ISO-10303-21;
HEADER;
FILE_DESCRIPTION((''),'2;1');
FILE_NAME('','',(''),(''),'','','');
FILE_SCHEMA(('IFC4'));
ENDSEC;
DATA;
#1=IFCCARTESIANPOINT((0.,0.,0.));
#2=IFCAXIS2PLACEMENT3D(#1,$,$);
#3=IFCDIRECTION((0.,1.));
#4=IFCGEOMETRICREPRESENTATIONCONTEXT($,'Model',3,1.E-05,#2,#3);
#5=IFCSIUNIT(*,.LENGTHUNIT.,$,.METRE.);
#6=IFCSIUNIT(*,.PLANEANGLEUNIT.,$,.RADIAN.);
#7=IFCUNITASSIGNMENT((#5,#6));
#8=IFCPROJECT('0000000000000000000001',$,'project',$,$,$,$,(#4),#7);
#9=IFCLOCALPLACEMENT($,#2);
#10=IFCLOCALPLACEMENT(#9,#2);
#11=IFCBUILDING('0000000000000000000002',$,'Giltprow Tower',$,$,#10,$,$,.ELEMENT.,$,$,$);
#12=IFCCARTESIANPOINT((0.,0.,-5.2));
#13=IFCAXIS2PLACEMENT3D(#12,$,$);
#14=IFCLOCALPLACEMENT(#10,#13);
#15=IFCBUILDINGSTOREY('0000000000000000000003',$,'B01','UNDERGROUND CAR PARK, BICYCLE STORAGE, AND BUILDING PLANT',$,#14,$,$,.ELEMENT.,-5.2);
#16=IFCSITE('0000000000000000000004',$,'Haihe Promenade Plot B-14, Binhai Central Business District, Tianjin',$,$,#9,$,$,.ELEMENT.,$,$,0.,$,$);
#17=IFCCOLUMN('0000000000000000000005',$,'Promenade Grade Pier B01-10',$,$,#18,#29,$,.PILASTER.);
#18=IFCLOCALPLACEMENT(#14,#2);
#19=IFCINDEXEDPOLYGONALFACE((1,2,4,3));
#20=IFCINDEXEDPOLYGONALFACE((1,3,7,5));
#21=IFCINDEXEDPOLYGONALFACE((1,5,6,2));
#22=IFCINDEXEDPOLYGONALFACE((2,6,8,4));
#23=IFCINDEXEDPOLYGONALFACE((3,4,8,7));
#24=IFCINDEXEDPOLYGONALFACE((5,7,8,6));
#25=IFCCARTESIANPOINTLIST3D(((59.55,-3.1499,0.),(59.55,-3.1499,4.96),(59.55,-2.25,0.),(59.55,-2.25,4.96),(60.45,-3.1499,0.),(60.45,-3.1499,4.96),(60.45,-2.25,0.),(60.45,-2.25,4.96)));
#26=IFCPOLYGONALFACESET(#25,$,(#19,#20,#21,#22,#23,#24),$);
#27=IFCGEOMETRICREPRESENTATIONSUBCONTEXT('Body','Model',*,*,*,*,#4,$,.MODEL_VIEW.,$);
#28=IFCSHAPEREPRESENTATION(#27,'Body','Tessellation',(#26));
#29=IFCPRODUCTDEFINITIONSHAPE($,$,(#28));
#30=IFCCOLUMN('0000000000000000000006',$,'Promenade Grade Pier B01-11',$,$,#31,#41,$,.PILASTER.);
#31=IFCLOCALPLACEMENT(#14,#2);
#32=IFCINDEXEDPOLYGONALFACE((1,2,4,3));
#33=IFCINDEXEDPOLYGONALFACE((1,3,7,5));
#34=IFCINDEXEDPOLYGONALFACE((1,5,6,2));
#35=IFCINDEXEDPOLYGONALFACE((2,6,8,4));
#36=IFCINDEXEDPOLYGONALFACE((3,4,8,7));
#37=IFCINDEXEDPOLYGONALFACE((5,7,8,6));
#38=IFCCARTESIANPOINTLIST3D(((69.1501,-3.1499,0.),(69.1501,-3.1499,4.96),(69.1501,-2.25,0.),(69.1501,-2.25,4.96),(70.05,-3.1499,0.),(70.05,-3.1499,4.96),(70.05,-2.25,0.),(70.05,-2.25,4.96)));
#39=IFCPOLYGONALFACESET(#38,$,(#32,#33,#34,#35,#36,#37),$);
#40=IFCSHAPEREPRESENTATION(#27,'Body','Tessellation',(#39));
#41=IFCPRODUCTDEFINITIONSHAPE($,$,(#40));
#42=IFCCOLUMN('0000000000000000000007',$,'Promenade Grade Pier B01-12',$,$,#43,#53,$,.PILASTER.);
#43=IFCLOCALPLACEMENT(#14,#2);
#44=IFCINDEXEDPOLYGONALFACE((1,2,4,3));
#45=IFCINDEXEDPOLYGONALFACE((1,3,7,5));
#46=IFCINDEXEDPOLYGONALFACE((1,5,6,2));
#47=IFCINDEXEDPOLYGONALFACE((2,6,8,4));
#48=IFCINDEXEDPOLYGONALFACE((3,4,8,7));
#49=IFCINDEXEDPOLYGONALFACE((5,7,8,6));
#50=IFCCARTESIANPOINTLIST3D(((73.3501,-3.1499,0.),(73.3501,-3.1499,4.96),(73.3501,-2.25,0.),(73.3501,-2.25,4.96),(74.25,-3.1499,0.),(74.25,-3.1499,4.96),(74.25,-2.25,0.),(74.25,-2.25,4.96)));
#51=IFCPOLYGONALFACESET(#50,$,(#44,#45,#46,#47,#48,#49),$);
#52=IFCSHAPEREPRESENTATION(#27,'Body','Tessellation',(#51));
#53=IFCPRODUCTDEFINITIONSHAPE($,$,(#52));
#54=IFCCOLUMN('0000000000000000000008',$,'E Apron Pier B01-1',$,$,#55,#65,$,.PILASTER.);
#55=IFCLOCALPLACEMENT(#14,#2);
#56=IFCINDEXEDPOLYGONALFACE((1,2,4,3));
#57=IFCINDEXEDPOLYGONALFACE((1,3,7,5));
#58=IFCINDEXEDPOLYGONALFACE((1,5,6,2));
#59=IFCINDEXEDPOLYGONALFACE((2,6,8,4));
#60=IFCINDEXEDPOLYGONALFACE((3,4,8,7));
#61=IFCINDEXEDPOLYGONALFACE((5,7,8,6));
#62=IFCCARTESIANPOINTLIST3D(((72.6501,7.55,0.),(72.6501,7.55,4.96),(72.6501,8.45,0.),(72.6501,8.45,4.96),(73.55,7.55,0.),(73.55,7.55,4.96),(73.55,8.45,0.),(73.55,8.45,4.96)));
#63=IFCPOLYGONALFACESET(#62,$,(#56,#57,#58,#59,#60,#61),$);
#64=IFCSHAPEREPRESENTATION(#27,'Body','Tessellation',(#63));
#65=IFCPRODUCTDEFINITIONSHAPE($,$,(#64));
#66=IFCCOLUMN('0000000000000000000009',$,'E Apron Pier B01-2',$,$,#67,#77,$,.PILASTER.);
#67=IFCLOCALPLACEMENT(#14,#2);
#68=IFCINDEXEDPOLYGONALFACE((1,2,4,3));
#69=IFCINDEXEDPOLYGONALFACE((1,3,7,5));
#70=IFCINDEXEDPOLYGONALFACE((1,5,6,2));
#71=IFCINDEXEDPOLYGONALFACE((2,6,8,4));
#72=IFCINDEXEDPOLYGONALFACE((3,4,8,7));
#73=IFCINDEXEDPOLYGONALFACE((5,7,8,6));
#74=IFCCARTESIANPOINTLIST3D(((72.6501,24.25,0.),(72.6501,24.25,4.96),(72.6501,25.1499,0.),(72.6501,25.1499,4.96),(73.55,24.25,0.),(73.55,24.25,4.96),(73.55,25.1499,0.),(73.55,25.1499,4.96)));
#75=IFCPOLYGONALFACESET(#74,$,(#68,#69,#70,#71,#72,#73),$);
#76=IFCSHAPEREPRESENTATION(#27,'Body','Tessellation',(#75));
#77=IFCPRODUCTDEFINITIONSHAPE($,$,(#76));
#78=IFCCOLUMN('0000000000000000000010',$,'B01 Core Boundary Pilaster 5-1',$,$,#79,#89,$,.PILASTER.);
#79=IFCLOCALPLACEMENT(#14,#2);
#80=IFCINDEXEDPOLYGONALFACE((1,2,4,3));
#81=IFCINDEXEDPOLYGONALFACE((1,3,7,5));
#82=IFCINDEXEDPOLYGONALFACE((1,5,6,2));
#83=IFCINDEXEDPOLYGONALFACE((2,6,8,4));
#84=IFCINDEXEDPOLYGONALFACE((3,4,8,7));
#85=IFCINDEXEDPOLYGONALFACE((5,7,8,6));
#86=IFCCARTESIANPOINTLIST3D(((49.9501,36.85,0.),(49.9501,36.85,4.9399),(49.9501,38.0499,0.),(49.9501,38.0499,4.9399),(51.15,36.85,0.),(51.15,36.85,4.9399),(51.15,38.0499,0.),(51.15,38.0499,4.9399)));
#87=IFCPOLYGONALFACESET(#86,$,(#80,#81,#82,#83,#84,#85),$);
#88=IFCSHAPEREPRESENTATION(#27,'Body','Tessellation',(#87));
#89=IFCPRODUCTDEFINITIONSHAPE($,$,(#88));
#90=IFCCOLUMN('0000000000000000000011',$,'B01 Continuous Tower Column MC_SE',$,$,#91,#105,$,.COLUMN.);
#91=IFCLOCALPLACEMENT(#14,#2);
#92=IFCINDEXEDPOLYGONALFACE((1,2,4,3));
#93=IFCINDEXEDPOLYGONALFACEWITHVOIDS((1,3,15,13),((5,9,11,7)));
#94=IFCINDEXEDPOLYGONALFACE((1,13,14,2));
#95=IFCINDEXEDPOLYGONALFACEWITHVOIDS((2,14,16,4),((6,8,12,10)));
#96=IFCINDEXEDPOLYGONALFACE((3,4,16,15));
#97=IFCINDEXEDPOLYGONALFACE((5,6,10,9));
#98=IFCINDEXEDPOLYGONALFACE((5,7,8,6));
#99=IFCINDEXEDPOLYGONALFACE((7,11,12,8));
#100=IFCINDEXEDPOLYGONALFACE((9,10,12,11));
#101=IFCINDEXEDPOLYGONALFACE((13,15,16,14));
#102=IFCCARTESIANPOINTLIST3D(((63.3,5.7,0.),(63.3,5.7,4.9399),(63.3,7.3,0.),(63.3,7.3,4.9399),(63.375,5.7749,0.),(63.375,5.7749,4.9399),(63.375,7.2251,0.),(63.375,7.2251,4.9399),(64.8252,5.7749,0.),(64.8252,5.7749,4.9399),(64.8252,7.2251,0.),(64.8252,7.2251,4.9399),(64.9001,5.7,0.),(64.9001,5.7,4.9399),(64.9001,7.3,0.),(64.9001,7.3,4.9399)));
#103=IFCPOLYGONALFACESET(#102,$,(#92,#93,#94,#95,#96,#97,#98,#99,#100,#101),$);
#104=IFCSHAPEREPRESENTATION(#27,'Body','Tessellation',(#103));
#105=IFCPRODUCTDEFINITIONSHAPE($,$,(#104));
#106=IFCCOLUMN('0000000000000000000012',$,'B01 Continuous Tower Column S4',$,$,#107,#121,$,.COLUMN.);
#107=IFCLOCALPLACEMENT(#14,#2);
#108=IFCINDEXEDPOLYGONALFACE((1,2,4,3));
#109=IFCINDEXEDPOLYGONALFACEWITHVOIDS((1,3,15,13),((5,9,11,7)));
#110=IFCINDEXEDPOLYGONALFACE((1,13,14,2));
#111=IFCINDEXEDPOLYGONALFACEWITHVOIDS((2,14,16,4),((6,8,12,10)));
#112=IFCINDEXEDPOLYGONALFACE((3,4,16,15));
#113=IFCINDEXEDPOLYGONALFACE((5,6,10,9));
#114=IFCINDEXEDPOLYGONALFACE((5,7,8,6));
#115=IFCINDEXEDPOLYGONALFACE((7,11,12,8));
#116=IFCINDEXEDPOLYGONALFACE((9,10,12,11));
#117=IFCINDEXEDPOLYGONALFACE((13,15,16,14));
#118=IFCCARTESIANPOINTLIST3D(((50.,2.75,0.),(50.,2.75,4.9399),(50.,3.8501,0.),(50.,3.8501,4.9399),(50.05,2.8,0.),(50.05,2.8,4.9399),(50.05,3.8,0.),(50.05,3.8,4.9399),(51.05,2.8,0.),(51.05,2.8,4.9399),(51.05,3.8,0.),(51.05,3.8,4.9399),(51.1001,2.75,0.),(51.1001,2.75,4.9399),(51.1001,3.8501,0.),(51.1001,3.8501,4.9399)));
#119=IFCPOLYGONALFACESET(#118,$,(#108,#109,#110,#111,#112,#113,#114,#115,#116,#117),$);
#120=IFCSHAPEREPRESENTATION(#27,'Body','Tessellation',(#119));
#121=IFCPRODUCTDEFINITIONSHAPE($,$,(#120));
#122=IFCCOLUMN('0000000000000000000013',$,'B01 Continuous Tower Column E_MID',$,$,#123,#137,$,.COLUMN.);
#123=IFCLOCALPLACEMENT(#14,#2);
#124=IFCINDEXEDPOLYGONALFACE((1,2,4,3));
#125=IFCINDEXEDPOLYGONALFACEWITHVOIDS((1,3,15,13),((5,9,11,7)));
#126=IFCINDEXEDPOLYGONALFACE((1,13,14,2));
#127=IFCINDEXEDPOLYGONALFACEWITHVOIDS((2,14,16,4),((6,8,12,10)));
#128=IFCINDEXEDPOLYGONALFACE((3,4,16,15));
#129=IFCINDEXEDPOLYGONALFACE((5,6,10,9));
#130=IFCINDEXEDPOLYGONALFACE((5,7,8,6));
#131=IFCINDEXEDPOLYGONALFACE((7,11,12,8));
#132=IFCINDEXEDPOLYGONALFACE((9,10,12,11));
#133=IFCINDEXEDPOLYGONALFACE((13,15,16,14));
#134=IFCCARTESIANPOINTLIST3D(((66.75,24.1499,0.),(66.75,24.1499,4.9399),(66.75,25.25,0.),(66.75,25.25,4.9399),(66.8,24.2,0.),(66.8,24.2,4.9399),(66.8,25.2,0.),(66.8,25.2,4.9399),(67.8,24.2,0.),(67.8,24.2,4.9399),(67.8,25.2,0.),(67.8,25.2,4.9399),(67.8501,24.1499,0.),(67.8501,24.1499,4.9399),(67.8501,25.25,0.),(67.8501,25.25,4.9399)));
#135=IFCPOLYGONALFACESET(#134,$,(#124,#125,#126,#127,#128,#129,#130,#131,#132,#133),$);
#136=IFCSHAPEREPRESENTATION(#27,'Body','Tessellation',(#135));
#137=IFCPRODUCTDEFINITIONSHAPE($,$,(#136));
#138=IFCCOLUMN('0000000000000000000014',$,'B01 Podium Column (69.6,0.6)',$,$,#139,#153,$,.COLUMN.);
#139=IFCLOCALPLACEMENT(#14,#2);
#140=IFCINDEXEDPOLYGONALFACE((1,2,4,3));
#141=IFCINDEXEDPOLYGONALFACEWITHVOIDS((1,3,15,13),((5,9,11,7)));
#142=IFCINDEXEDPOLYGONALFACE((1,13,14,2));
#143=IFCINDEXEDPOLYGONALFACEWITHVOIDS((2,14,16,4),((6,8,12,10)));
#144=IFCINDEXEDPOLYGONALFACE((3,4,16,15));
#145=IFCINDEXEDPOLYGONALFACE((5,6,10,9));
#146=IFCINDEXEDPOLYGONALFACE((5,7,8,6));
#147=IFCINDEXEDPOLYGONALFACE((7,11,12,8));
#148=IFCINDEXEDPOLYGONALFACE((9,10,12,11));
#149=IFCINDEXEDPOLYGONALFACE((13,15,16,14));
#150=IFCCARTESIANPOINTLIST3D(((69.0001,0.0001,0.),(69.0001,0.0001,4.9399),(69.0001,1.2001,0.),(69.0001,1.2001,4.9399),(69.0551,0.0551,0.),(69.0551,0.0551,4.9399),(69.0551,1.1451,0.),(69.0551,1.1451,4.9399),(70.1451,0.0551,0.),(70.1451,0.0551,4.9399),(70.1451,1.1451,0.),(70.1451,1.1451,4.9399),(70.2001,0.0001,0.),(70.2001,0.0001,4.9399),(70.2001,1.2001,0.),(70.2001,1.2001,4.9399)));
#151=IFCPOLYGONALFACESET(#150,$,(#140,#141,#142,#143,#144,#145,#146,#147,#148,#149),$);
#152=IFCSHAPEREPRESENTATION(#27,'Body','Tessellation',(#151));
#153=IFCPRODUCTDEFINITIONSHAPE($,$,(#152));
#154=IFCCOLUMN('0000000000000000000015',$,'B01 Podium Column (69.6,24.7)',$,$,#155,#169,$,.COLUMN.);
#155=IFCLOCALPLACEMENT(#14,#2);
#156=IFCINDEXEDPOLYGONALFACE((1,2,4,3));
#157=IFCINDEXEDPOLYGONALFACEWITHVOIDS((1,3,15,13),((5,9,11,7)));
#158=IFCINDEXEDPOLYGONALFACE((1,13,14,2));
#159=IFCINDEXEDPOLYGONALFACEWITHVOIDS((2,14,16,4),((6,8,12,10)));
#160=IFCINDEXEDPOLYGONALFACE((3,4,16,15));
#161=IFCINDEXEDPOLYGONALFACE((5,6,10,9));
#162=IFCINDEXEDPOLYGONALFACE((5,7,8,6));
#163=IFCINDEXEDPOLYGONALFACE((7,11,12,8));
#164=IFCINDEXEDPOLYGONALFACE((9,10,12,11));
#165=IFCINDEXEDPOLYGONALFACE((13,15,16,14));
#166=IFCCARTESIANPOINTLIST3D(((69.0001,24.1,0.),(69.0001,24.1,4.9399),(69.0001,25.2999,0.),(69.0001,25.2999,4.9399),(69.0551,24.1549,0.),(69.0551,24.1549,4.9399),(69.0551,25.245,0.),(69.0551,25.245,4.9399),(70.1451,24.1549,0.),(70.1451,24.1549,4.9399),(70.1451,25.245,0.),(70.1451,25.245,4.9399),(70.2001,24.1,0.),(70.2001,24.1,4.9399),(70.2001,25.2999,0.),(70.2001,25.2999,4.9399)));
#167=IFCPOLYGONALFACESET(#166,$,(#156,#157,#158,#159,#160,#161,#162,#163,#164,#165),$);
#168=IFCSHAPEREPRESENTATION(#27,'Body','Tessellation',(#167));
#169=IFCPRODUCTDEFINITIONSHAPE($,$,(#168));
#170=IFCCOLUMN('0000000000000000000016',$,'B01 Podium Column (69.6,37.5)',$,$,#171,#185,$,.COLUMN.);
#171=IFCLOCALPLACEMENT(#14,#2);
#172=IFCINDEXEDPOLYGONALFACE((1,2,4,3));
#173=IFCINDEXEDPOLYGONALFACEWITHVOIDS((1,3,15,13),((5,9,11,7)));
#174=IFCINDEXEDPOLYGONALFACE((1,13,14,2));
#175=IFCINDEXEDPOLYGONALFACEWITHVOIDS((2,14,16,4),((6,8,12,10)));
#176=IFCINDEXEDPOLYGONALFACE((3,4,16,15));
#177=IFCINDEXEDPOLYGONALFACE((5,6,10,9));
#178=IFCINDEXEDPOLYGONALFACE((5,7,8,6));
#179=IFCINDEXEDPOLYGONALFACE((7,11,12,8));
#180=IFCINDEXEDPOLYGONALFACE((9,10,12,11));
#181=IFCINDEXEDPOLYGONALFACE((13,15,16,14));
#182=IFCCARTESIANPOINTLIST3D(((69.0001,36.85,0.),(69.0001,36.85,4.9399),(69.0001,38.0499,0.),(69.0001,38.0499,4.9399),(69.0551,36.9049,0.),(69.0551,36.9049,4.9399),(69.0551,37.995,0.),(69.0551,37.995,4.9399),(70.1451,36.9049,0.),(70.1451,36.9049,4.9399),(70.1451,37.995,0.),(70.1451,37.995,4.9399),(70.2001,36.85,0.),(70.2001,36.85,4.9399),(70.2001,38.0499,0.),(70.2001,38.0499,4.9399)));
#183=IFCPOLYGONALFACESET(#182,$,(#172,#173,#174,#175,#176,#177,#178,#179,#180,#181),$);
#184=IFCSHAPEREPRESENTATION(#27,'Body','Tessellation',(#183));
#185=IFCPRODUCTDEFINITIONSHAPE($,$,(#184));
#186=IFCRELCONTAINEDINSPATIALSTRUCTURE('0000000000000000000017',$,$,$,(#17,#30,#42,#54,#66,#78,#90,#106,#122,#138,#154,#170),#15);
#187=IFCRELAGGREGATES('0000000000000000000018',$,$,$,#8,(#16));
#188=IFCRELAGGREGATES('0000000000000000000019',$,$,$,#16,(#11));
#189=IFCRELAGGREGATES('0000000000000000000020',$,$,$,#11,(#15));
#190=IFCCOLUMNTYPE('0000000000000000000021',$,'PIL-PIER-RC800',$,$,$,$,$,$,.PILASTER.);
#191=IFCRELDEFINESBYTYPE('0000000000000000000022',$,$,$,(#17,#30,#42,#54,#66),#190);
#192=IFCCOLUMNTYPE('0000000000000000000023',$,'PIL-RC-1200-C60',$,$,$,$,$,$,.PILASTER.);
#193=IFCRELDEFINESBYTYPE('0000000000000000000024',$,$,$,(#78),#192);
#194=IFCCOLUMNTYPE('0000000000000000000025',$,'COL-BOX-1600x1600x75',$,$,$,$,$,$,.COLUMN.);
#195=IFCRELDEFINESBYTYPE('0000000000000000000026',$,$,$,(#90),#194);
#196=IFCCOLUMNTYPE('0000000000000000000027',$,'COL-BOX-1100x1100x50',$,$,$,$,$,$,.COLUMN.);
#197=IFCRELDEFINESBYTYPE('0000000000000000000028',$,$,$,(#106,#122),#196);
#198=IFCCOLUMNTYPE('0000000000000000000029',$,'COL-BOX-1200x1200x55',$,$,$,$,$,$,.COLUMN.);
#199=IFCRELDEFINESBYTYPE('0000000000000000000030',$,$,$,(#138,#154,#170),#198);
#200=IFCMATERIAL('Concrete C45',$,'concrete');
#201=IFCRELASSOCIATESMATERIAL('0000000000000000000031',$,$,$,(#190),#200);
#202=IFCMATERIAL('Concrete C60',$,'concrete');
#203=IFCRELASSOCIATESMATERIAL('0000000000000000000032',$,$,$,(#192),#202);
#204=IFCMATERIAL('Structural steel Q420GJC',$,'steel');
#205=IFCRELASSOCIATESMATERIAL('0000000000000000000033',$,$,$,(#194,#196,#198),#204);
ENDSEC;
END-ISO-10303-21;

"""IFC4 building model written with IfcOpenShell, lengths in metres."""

from ifc_helpers import new_model, si_unit, direction, frame, origin, origin_2d, place, context, subcontext, project, spatial, rectangle, hollow_rectangle, extrude, source, transform, mapped, material, material_profile, profile_set, type_object, element, save


model = new_model("IFC4")

# Units and contexts
model_context = context("Model", 3, precision=1e-05, world=origin(), true_north=direction((0.0, 1.0)))
body_context = subcontext(model_context, "Body", "Model", "MODEL_VIEW")
ifc_project = project(units=[si_unit("LENGTHUNIT", "METRE"), si_unit("PLANEANGLEUNIT", "RADIAN")], contexts=[model_context])

# Site, building, storey
site_placement = place(None, origin())
site = spatial("IfcSite", under=ifc_project, at=site_placement, Name="Haihe Promenade Plot B-14, Binhai Central Business District, Tianjin", CompositionType="ELEMENT", RefElevation=0.0)
building_placement = place(site_placement, origin())
building = spatial("IfcBuilding", under=site, at=building_placement, Name="Giltprow Tower", CompositionType="ELEMENT")
storey_placement = place(building_placement, frame((0.0, 0.0, -5.2)))
storey = spatial("IfcBuildingStorey", under=building, at=storey_placement, Name="B01", Description="UNDERGROUND CAR PARK, BICYCLE STORAGE, AND BUILDING PLANT", CompositionType="ELEMENT", Elevation=-5.2)

# Columns
ifc_material_1 = material(Name="Concrete C45", Category="concrete")
ifc_material_profile_1 = material_profile(ifc_material_1, rectangle(XDim=0.8999, YDim=0.8999, at=origin_2d()), Name="RC 900x900")
ifc_profile_set_1 = profile_set([ifc_material_profile_1], Name="Concrete C45")
column_type_1 = type_object("IfcColumnType", Name="PIL-PIER-RC800", PredefinedType="PILASTER", material=ifc_profile_set_1)
shared_shape_1 = source(origin(), body_context, "Body", "SweptSolid", [
    extrude(rectangle(XDim=0.8999, YDim=0.8999, at=origin_2d()), origin(), (0.0, 0.0, 1.0), 4.96),
])
for number, where, z_axis, x_axis, name in (
    (1, (60.0, -2.7, 0.0), (0.0, 0.0, 1.0), (1.0, 0.0, 0.0), "Promenade Grade Pier B01-10"),
    (2, (69.6001, -2.7, 0.0), (0.0, 0.0, 1.0), (1.0, 0.0, 0.0), "Promenade Grade Pier B01-11"),
    (3, (73.8, -2.7, 0.0), (0.0, 0.0, 1.0), (1.0, 0.0, 0.0), "Promenade Grade Pier B01-12"),
    (4, (73.1001, 8.0, 0.0), (0.0, 0.0, 1.0), (1.0, 0.0, 0.0), "E Apron Pier B01-1"),
    (5, (73.1001, 24.7, 0.0), (0.0, 0.0, 1.0), (1.0, 0.0, 0.0), "E Apron Pier B01-2"),
):
    element("IfcColumn", number, at=place(storey_placement, frame(where, z_axis=z_axis, x_axis=x_axis)), inside=storey, type_object=column_type_1, Name=name, PredefinedType="PILASTER", context=body_context, shape_type="MappedRepresentation", body=[
        mapped(shared_shape_1, transform((0.0, 0.0, 0.0), x_axis=(1.0, 0.0, 0.0), y_axis=(0.0, 1.0, 0.0), z_axis=(0.0, 0.0, 1.0), scale=1.0)),
    ])
ifc_material_2 = material(Name="Concrete C60", Category="concrete")
ifc_material_profile_2 = material_profile(ifc_material_2, rectangle(XDim=1.2, YDim=1.2, at=origin_2d()), Name="RC 1200x1200")
ifc_profile_set_2 = profile_set([ifc_material_profile_2], Name="Concrete C60")
column_type_2 = type_object("IfcColumnType", Name="PIL-RC-1200-C60", PredefinedType="PILASTER", material=ifc_profile_set_2)
shared_shape_2 = source(origin(), body_context, "Body", "SweptSolid", [
    extrude(rectangle(XDim=1.2, YDim=1.2, at=origin_2d()), origin(), (0.0, 0.0, 1.0), 4.9399),
])
column_1_placement = place(storey_placement, frame((50.55, 37.45, 0.0), z_axis=(0.0, 0.0, 1.0), x_axis=(1.0, 0.0, 0.0)))
element("IfcColumn", 6, at=column_1_placement, inside=storey, type_object=column_type_2, Name="B01 Core Boundary Pilaster 5-1", PredefinedType="PILASTER", context=body_context, shape_type="MappedRepresentation", body=[
    mapped(shared_shape_2, transform((0.0, 0.0, 0.0), x_axis=(1.0, 0.0, 0.0), y_axis=(0.0, 1.0, 0.0), z_axis=(0.0, 0.0, 1.0), scale=1.0)),
])
ifc_material_3 = material(Name="Structural steel Q420GJC", Category="steel")
ifc_material_profile_3 = material_profile(ifc_material_3, hollow_rectangle(XDim=1.6001, YDim=1.6001, WallThickness=0.075, at=origin_2d()), Name="BOX 1600x1600x75")
ifc_profile_set_3 = profile_set([ifc_material_profile_3], Name="Structural steel Q420GJC")
column_type_3 = type_object("IfcColumnType", Name="COL-BOX-1600x1600x75", PredefinedType="COLUMN", material=ifc_profile_set_3)
shared_shape_3 = source(origin(), body_context, "Body", "SweptSolid", [
    extrude(hollow_rectangle(XDim=1.6001, YDim=1.6001, WallThickness=0.075, at=origin_2d()), origin(), (0.0, 0.0, 1.0), 4.9399),
])
column_2_placement = place(storey_placement, frame((64.1001, 6.5, 0.0), z_axis=(0.0, 0.0, 1.0), x_axis=(1.0, 0.0, 0.0)))
element("IfcColumn", 7, at=column_2_placement, inside=storey, type_object=column_type_3, Name="B01 Continuous Tower Column MC_SE", PredefinedType="COLUMN", context=body_context, shape_type="MappedRepresentation", body=[
    mapped(shared_shape_3, transform((0.0, 0.0, 0.0), x_axis=(1.0, 0.0, 0.0), y_axis=(0.0, 1.0, 0.0), z_axis=(0.0, 0.0, 1.0), scale=1.0)),
])
ifc_material_profile_4 = material_profile(ifc_material_3, hollow_rectangle(XDim=1.1001, YDim=1.1001, WallThickness=0.05, at=origin_2d()), Name="BOX 1100x1100x50")
ifc_profile_set_4 = profile_set([ifc_material_profile_4], Name="Structural steel Q420GJC")
column_type_4 = type_object("IfcColumnType", Name="COL-BOX-1100x1100x50", PredefinedType="COLUMN", material=ifc_profile_set_4)
shared_shape_4 = source(origin(), body_context, "Body", "SweptSolid", [
    extrude(hollow_rectangle(XDim=1.1001, YDim=1.1001, WallThickness=0.05, at=origin_2d()), origin(), (0.0, 0.0, 1.0), 4.9399),
])
for number, where, z_axis, x_axis, name in (
    (8, (50.55, 3.3, 0.0), (0.0, 0.0, 1.0), (1.0, 0.0, 0.0), "B01 Continuous Tower Column S4"),
    (9, (67.3, 24.7, 0.0), (0.0, 0.0, 1.0), (1.0, 0.0, 0.0), "B01 Continuous Tower Column E_MID"),
):
    element("IfcColumn", number, at=place(storey_placement, frame(where, z_axis=z_axis, x_axis=x_axis)), inside=storey, type_object=column_type_4, Name=name, PredefinedType="COLUMN", context=body_context, shape_type="MappedRepresentation", body=[
        mapped(shared_shape_4, transform((0.0, 0.0, 0.0), x_axis=(1.0, 0.0, 0.0), y_axis=(0.0, 1.0, 0.0), z_axis=(0.0, 0.0, 1.0), scale=1.0)),
    ])
ifc_material_profile_5 = material_profile(ifc_material_3, hollow_rectangle(XDim=1.2, YDim=1.2, WallThickness=0.0549, at=origin_2d()), Name="BOX 1200x1200x55")
ifc_profile_set_5 = profile_set([ifc_material_profile_5], Name="Structural steel Q420GJC")
column_type_5 = type_object("IfcColumnType", Name="COL-BOX-1200x1200x55", PredefinedType="COLUMN", material=ifc_profile_set_5)
shared_shape_5 = source(origin(), body_context, "Body", "SweptSolid", [
    extrude(hollow_rectangle(XDim=1.2, YDim=1.2, WallThickness=0.0549, at=origin_2d()), origin(), (0.0, 0.0, 1.0), 4.9399),
])
for number, where, z_axis, x_axis, name in (
    (10, (69.6001, 0.6001, 0.0), (0.0, 0.0, 1.0), (1.0, 0.0, 0.0), "B01 Podium Column (69.6,0.6)"),
    (11, (69.6001, 24.7, 0.0), (0.0, 0.0, 1.0), (1.0, 0.0, 0.0), "B01 Podium Column (69.6,24.7)"),
    (12, (69.6001, 37.45, 0.0), (0.0, 0.0, 1.0), (1.0, 0.0, 0.0), "B01 Podium Column (69.6,37.5)"),
):
    element("IfcColumn", number, at=place(storey_placement, frame(where, z_axis=z_axis, x_axis=x_axis)), inside=storey, type_object=column_type_5, Name=name, PredefinedType="COLUMN", context=body_context, shape_type="MappedRepresentation", body=[
        mapped(shared_shape_5, transform((0.0, 0.0, 0.0), x_axis=(1.0, 0.0, 0.0), y_axis=(0.0, 1.0, 0.0), z_axis=(0.0, 0.0, 1.0), scale=1.0)),
    ])

save(model, "model.ifc")
